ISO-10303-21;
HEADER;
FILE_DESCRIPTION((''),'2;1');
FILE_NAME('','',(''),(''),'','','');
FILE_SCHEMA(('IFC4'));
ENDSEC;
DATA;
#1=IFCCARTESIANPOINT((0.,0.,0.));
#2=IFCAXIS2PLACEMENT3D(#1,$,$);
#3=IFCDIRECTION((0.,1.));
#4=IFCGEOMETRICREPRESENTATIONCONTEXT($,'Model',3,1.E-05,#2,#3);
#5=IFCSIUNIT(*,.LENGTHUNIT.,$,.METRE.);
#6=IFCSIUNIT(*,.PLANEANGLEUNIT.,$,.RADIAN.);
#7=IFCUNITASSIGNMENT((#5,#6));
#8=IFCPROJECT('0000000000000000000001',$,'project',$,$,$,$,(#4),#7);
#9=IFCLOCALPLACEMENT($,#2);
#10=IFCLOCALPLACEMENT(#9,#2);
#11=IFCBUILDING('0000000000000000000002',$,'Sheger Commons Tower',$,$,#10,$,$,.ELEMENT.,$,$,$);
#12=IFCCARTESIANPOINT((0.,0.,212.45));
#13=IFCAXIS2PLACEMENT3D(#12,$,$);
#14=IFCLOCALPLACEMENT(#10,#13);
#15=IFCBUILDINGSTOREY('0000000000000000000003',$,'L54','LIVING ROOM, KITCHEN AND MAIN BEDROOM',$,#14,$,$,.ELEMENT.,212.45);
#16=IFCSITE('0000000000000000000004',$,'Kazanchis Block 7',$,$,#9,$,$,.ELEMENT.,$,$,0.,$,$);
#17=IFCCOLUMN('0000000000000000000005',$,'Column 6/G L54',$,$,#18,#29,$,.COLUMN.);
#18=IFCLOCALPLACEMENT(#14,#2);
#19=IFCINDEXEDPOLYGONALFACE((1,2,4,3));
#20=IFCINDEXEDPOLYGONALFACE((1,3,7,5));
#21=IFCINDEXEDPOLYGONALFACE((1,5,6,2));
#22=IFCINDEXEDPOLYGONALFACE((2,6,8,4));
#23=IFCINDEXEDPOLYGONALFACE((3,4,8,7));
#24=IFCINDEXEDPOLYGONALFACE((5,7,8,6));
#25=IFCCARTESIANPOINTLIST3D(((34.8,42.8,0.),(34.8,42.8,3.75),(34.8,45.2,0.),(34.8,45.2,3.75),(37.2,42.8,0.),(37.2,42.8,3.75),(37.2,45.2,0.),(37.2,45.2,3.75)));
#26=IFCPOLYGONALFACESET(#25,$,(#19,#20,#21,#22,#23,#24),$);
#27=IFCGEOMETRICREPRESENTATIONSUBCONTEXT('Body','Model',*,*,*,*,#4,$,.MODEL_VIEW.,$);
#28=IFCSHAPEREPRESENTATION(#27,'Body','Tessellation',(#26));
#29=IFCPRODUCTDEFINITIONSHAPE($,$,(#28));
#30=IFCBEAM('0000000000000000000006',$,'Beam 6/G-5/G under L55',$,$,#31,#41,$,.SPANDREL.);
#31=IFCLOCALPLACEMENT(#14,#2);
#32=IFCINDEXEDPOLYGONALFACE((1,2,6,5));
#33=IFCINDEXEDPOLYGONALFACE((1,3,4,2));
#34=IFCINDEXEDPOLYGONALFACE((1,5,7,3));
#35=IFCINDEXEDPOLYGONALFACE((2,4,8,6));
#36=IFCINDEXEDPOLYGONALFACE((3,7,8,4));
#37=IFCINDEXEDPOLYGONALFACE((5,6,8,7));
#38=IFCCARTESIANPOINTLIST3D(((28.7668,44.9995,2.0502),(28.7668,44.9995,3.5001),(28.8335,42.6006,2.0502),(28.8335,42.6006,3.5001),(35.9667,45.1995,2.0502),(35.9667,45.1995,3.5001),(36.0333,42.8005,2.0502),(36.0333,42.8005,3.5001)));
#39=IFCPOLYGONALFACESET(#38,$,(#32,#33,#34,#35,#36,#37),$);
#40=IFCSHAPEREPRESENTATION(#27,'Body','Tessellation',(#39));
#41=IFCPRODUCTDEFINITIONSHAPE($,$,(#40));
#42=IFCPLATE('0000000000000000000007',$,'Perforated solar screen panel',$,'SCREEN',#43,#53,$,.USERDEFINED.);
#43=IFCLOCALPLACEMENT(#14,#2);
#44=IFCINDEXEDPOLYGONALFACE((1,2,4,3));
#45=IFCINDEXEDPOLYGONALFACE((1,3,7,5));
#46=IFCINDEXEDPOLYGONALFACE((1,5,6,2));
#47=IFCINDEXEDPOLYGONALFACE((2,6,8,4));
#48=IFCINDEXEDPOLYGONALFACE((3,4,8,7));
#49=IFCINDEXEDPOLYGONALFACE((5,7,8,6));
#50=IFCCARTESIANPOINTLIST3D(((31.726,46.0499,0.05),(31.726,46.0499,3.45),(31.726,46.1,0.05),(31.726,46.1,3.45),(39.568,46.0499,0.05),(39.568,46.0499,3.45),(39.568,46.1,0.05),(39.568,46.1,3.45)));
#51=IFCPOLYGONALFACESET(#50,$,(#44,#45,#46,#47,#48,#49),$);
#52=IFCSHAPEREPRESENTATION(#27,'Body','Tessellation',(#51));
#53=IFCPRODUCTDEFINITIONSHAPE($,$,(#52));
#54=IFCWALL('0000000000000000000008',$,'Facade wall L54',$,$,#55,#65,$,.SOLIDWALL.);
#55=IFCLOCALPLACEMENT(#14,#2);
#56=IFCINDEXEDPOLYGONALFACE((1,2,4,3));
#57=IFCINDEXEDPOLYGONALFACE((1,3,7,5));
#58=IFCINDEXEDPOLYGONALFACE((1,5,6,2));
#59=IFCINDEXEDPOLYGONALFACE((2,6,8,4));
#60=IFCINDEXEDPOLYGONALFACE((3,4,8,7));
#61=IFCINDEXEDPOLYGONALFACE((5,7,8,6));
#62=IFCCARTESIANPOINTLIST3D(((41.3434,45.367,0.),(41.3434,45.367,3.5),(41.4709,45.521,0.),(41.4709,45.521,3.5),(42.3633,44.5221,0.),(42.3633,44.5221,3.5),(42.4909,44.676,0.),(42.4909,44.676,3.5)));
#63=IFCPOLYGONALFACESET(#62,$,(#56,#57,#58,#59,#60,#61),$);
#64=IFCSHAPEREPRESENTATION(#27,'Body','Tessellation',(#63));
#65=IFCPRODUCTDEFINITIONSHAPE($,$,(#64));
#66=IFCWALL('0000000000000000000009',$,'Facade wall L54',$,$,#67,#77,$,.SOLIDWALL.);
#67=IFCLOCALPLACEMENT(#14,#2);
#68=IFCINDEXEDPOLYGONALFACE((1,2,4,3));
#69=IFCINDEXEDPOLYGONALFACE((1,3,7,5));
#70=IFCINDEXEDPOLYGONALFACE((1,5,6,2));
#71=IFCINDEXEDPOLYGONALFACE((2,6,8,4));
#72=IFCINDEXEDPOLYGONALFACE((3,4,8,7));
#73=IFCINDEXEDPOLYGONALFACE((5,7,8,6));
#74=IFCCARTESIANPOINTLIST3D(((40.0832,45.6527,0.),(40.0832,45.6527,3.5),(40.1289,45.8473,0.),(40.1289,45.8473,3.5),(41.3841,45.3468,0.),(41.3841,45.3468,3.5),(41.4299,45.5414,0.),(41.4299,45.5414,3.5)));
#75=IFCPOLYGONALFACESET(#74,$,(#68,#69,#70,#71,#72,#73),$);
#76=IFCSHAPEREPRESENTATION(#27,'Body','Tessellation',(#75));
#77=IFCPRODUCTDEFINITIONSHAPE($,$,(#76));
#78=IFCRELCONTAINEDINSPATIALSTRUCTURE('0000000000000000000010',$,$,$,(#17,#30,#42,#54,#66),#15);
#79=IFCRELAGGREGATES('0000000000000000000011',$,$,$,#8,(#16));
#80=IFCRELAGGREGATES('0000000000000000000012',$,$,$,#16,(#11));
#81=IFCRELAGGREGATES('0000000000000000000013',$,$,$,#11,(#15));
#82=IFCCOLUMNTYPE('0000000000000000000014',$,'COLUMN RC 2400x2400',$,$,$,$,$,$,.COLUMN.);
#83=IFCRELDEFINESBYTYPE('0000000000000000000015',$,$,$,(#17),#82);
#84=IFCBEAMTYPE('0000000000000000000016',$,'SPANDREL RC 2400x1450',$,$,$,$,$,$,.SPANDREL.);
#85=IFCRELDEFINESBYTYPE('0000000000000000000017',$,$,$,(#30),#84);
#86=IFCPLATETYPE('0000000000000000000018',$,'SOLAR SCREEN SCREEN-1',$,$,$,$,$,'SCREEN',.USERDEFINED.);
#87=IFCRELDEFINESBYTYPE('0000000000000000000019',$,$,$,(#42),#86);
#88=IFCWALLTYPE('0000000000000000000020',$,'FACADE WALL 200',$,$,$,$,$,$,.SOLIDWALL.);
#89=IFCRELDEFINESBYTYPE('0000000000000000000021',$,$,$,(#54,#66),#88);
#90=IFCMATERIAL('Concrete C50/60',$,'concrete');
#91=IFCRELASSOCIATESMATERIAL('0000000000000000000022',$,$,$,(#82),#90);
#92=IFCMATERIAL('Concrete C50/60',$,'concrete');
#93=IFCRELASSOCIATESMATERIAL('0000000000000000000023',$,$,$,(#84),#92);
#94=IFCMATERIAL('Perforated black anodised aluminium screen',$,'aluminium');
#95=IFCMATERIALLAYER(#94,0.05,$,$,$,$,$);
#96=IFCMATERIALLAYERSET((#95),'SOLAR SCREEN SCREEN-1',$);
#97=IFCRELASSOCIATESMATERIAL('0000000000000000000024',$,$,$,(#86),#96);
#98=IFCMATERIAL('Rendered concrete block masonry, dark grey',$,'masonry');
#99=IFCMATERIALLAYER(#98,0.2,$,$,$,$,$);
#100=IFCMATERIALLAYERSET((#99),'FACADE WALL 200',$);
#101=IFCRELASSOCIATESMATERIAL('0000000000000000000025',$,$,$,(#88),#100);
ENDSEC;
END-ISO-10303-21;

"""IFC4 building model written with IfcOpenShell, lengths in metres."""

from ifc_helpers import new_model, si_unit, direction, frame, frame_2d, origin, origin_2d, place, context, subcontext, project, spatial, rectangle, extrude, material, layer, layer_set, material_profile, profile_set, type_object, element, save


model = new_model("IFC4")

# Units and contexts
model_context = context("Model", 3, precision=1e-05, world=origin(), true_north=direction((0.0, 1.0)))
body_context = subcontext(model_context, "Body", "Model", "MODEL_VIEW")
ifc_project = project(units=[si_unit("LENGTHUNIT", "METRE"), si_unit("PLANEANGLEUNIT", "RADIAN")], contexts=[model_context])

# Site, building, storey
site_placement = place(None, origin())
site = spatial("IfcSite", under=ifc_project, at=site_placement, Name="Kazanchis Block 7", CompositionType="ELEMENT", RefElevation=0.0)
building_placement = place(site_placement, origin())
building = spatial("IfcBuilding", under=site, at=building_placement, Name="Sheger Commons Tower", CompositionType="ELEMENT")
storey_placement = place(building_placement, frame((0.0, 0.0, 212.45)))
storey = spatial("IfcBuildingStorey", under=building, at=storey_placement, Name="L54", Description="LIVING ROOM, KITCHEN AND MAIN BEDROOM", CompositionType="ELEMENT", Elevation=212.45)

# Column
ifc_material_1 = material(Name="Concrete C50/60", Category="concrete")
ifc_material_profile_1 = material_profile(ifc_material_1, rectangle(XDim=2.3999, YDim=2.3999, at=origin_2d()), Name="RC 2400x2400")
ifc_profile_set_1 = profile_set([ifc_material_profile_1], Name="Concrete C50/60")
column_type = type_object("IfcColumnType", Name="COLUMN RC 2400x2400", PredefinedType="COLUMN", material=ifc_profile_set_1)
column_placement = place(storey_placement, frame((36.0, 44.0, 0.0), z_axis=(0.0, 0.0, 1.0), x_axis=(1.0, 0.0, 0.0)))
element("IfcColumn", 1, at=column_placement, inside=storey, type_object=column_type, Name="Column 6/G L54", PredefinedType="COLUMN", context=body_context, shape_type="SweptSolid", body=[
    extrude(rectangle(XDim=2.3999, YDim=2.3999, at=origin_2d()), origin(), (0.0, 0.0, 1.0), 3.75),
])

# Beam
ifc_material_2 = material(Name="Concrete C50/60", Category="concrete")
ifc_material_profile_2 = material_profile(ifc_material_2, rectangle(XDim=2.3999, YDim=1.45, at=origin_2d()), Name="RC 2400x1450")
ifc_profile_set_2 = profile_set([ifc_material_profile_2], Name="Concrete C50/60")
beam_type = type_object("IfcBeamType", Name="SPANDREL RC 2400x1450", PredefinedType="SPANDREL", material=ifc_profile_set_2)
beam_placement = place(storey_placement, frame((36.0, 44.0, 2.7751), z_axis=(-0.999615, -0.02776, 0.0), x_axis=(0.02776, -0.999615, 0.0)))
element("IfcBeam", 2, at=beam_placement, inside=storey, type_object=beam_type, Name="Beam 6/G-5/G under L55", PredefinedType="SPANDREL", context=body_context, shape_type="SweptSolid", body=[
    extrude(rectangle(XDim=2.3999, YDim=1.45, at=origin_2d()), origin(), (0.0, 0.0, 1.0), 7.2026),
])

# Plate
ifc_material_3 = material(Name="Perforated black anodised aluminium screen", Category="aluminium")
ifc_layer_1 = layer(ifc_material_3, 0.05)
ifc_layer_set_1 = layer_set([ifc_layer_1], Name="SOLAR SCREEN SCREEN-1")
plate_type = type_object("IfcPlateType", Name="SOLAR SCREEN SCREEN-1", ElementType="SCREEN", PredefinedType="USERDEFINED", material=ifc_layer_set_1)
plate_placement = place(storey_placement, frame((35.647, 46.075, 0.05), z_axis=(0.0, 0.0, 1.0), x_axis=(-1.0, 0.0, 0.0)))
element("IfcPlate", 3, at=plate_placement, inside=storey, type_object=plate_type, Name="Perforated solar screen panel", ObjectType="SCREEN", PredefinedType="USERDEFINED", context=body_context, shape_type="SweptSolid", body=[
    extrude(rectangle(XDim=7.842, YDim=0.05, at=origin_2d()), origin(), (0.0, 0.0, 1.0), 3.3999),
])

# Walls
ifc_material_4 = material(Name="Rendered concrete block masonry, dark grey", Category="masonry")
ifc_layer_2 = layer(ifc_material_4, 0.2)
ifc_layer_set_2 = layer_set([ifc_layer_2], Name="FACADE WALL 200")
wall_type_1 = type_object("IfcWallType", Name="FACADE WALL 200", PredefinedType="SOLIDWALL", material=ifc_layer_set_2)
wall_1_placement = place(storey_placement, frame((42.427, 44.5991, 0.0), z_axis=(0.0, 0.0, 1.0), x_axis=(-0.770091, 0.637934, 0.0)))
element("IfcWall", 4, at=wall_1_placement, inside=storey, type_object=wall_type_1, Name="Facade wall L54", PredefinedType="SOLIDWALL", context=body_context, shape_type="SweptSolid", body=[
    extrude(rectangle(XDim=1.3245, YDim=0.2, at=frame_2d((0.6621, 0.0))), origin(), (0.0, 0.0, 1.0), 3.5),
])
wall_2_placement = place(storey_placement, frame((41.407, 45.4441, 0.0), z_axis=(0.0, 0.0, 1.0), x_axis=(-0.973453, 0.228887, 0.0)))
element("IfcWall", 5, at=wall_2_placement, inside=storey, type_object=wall_type_1, Name="Facade wall L54", PredefinedType="SOLIDWALL", context=body_context, shape_type="SweptSolid", body=[
    extrude(rectangle(XDim=1.3364, YDim=0.2, at=frame_2d((0.6682, 0.0))), origin(), (0.0, 0.0, 1.0), 3.5),
])

save(model, "model.ifc")
